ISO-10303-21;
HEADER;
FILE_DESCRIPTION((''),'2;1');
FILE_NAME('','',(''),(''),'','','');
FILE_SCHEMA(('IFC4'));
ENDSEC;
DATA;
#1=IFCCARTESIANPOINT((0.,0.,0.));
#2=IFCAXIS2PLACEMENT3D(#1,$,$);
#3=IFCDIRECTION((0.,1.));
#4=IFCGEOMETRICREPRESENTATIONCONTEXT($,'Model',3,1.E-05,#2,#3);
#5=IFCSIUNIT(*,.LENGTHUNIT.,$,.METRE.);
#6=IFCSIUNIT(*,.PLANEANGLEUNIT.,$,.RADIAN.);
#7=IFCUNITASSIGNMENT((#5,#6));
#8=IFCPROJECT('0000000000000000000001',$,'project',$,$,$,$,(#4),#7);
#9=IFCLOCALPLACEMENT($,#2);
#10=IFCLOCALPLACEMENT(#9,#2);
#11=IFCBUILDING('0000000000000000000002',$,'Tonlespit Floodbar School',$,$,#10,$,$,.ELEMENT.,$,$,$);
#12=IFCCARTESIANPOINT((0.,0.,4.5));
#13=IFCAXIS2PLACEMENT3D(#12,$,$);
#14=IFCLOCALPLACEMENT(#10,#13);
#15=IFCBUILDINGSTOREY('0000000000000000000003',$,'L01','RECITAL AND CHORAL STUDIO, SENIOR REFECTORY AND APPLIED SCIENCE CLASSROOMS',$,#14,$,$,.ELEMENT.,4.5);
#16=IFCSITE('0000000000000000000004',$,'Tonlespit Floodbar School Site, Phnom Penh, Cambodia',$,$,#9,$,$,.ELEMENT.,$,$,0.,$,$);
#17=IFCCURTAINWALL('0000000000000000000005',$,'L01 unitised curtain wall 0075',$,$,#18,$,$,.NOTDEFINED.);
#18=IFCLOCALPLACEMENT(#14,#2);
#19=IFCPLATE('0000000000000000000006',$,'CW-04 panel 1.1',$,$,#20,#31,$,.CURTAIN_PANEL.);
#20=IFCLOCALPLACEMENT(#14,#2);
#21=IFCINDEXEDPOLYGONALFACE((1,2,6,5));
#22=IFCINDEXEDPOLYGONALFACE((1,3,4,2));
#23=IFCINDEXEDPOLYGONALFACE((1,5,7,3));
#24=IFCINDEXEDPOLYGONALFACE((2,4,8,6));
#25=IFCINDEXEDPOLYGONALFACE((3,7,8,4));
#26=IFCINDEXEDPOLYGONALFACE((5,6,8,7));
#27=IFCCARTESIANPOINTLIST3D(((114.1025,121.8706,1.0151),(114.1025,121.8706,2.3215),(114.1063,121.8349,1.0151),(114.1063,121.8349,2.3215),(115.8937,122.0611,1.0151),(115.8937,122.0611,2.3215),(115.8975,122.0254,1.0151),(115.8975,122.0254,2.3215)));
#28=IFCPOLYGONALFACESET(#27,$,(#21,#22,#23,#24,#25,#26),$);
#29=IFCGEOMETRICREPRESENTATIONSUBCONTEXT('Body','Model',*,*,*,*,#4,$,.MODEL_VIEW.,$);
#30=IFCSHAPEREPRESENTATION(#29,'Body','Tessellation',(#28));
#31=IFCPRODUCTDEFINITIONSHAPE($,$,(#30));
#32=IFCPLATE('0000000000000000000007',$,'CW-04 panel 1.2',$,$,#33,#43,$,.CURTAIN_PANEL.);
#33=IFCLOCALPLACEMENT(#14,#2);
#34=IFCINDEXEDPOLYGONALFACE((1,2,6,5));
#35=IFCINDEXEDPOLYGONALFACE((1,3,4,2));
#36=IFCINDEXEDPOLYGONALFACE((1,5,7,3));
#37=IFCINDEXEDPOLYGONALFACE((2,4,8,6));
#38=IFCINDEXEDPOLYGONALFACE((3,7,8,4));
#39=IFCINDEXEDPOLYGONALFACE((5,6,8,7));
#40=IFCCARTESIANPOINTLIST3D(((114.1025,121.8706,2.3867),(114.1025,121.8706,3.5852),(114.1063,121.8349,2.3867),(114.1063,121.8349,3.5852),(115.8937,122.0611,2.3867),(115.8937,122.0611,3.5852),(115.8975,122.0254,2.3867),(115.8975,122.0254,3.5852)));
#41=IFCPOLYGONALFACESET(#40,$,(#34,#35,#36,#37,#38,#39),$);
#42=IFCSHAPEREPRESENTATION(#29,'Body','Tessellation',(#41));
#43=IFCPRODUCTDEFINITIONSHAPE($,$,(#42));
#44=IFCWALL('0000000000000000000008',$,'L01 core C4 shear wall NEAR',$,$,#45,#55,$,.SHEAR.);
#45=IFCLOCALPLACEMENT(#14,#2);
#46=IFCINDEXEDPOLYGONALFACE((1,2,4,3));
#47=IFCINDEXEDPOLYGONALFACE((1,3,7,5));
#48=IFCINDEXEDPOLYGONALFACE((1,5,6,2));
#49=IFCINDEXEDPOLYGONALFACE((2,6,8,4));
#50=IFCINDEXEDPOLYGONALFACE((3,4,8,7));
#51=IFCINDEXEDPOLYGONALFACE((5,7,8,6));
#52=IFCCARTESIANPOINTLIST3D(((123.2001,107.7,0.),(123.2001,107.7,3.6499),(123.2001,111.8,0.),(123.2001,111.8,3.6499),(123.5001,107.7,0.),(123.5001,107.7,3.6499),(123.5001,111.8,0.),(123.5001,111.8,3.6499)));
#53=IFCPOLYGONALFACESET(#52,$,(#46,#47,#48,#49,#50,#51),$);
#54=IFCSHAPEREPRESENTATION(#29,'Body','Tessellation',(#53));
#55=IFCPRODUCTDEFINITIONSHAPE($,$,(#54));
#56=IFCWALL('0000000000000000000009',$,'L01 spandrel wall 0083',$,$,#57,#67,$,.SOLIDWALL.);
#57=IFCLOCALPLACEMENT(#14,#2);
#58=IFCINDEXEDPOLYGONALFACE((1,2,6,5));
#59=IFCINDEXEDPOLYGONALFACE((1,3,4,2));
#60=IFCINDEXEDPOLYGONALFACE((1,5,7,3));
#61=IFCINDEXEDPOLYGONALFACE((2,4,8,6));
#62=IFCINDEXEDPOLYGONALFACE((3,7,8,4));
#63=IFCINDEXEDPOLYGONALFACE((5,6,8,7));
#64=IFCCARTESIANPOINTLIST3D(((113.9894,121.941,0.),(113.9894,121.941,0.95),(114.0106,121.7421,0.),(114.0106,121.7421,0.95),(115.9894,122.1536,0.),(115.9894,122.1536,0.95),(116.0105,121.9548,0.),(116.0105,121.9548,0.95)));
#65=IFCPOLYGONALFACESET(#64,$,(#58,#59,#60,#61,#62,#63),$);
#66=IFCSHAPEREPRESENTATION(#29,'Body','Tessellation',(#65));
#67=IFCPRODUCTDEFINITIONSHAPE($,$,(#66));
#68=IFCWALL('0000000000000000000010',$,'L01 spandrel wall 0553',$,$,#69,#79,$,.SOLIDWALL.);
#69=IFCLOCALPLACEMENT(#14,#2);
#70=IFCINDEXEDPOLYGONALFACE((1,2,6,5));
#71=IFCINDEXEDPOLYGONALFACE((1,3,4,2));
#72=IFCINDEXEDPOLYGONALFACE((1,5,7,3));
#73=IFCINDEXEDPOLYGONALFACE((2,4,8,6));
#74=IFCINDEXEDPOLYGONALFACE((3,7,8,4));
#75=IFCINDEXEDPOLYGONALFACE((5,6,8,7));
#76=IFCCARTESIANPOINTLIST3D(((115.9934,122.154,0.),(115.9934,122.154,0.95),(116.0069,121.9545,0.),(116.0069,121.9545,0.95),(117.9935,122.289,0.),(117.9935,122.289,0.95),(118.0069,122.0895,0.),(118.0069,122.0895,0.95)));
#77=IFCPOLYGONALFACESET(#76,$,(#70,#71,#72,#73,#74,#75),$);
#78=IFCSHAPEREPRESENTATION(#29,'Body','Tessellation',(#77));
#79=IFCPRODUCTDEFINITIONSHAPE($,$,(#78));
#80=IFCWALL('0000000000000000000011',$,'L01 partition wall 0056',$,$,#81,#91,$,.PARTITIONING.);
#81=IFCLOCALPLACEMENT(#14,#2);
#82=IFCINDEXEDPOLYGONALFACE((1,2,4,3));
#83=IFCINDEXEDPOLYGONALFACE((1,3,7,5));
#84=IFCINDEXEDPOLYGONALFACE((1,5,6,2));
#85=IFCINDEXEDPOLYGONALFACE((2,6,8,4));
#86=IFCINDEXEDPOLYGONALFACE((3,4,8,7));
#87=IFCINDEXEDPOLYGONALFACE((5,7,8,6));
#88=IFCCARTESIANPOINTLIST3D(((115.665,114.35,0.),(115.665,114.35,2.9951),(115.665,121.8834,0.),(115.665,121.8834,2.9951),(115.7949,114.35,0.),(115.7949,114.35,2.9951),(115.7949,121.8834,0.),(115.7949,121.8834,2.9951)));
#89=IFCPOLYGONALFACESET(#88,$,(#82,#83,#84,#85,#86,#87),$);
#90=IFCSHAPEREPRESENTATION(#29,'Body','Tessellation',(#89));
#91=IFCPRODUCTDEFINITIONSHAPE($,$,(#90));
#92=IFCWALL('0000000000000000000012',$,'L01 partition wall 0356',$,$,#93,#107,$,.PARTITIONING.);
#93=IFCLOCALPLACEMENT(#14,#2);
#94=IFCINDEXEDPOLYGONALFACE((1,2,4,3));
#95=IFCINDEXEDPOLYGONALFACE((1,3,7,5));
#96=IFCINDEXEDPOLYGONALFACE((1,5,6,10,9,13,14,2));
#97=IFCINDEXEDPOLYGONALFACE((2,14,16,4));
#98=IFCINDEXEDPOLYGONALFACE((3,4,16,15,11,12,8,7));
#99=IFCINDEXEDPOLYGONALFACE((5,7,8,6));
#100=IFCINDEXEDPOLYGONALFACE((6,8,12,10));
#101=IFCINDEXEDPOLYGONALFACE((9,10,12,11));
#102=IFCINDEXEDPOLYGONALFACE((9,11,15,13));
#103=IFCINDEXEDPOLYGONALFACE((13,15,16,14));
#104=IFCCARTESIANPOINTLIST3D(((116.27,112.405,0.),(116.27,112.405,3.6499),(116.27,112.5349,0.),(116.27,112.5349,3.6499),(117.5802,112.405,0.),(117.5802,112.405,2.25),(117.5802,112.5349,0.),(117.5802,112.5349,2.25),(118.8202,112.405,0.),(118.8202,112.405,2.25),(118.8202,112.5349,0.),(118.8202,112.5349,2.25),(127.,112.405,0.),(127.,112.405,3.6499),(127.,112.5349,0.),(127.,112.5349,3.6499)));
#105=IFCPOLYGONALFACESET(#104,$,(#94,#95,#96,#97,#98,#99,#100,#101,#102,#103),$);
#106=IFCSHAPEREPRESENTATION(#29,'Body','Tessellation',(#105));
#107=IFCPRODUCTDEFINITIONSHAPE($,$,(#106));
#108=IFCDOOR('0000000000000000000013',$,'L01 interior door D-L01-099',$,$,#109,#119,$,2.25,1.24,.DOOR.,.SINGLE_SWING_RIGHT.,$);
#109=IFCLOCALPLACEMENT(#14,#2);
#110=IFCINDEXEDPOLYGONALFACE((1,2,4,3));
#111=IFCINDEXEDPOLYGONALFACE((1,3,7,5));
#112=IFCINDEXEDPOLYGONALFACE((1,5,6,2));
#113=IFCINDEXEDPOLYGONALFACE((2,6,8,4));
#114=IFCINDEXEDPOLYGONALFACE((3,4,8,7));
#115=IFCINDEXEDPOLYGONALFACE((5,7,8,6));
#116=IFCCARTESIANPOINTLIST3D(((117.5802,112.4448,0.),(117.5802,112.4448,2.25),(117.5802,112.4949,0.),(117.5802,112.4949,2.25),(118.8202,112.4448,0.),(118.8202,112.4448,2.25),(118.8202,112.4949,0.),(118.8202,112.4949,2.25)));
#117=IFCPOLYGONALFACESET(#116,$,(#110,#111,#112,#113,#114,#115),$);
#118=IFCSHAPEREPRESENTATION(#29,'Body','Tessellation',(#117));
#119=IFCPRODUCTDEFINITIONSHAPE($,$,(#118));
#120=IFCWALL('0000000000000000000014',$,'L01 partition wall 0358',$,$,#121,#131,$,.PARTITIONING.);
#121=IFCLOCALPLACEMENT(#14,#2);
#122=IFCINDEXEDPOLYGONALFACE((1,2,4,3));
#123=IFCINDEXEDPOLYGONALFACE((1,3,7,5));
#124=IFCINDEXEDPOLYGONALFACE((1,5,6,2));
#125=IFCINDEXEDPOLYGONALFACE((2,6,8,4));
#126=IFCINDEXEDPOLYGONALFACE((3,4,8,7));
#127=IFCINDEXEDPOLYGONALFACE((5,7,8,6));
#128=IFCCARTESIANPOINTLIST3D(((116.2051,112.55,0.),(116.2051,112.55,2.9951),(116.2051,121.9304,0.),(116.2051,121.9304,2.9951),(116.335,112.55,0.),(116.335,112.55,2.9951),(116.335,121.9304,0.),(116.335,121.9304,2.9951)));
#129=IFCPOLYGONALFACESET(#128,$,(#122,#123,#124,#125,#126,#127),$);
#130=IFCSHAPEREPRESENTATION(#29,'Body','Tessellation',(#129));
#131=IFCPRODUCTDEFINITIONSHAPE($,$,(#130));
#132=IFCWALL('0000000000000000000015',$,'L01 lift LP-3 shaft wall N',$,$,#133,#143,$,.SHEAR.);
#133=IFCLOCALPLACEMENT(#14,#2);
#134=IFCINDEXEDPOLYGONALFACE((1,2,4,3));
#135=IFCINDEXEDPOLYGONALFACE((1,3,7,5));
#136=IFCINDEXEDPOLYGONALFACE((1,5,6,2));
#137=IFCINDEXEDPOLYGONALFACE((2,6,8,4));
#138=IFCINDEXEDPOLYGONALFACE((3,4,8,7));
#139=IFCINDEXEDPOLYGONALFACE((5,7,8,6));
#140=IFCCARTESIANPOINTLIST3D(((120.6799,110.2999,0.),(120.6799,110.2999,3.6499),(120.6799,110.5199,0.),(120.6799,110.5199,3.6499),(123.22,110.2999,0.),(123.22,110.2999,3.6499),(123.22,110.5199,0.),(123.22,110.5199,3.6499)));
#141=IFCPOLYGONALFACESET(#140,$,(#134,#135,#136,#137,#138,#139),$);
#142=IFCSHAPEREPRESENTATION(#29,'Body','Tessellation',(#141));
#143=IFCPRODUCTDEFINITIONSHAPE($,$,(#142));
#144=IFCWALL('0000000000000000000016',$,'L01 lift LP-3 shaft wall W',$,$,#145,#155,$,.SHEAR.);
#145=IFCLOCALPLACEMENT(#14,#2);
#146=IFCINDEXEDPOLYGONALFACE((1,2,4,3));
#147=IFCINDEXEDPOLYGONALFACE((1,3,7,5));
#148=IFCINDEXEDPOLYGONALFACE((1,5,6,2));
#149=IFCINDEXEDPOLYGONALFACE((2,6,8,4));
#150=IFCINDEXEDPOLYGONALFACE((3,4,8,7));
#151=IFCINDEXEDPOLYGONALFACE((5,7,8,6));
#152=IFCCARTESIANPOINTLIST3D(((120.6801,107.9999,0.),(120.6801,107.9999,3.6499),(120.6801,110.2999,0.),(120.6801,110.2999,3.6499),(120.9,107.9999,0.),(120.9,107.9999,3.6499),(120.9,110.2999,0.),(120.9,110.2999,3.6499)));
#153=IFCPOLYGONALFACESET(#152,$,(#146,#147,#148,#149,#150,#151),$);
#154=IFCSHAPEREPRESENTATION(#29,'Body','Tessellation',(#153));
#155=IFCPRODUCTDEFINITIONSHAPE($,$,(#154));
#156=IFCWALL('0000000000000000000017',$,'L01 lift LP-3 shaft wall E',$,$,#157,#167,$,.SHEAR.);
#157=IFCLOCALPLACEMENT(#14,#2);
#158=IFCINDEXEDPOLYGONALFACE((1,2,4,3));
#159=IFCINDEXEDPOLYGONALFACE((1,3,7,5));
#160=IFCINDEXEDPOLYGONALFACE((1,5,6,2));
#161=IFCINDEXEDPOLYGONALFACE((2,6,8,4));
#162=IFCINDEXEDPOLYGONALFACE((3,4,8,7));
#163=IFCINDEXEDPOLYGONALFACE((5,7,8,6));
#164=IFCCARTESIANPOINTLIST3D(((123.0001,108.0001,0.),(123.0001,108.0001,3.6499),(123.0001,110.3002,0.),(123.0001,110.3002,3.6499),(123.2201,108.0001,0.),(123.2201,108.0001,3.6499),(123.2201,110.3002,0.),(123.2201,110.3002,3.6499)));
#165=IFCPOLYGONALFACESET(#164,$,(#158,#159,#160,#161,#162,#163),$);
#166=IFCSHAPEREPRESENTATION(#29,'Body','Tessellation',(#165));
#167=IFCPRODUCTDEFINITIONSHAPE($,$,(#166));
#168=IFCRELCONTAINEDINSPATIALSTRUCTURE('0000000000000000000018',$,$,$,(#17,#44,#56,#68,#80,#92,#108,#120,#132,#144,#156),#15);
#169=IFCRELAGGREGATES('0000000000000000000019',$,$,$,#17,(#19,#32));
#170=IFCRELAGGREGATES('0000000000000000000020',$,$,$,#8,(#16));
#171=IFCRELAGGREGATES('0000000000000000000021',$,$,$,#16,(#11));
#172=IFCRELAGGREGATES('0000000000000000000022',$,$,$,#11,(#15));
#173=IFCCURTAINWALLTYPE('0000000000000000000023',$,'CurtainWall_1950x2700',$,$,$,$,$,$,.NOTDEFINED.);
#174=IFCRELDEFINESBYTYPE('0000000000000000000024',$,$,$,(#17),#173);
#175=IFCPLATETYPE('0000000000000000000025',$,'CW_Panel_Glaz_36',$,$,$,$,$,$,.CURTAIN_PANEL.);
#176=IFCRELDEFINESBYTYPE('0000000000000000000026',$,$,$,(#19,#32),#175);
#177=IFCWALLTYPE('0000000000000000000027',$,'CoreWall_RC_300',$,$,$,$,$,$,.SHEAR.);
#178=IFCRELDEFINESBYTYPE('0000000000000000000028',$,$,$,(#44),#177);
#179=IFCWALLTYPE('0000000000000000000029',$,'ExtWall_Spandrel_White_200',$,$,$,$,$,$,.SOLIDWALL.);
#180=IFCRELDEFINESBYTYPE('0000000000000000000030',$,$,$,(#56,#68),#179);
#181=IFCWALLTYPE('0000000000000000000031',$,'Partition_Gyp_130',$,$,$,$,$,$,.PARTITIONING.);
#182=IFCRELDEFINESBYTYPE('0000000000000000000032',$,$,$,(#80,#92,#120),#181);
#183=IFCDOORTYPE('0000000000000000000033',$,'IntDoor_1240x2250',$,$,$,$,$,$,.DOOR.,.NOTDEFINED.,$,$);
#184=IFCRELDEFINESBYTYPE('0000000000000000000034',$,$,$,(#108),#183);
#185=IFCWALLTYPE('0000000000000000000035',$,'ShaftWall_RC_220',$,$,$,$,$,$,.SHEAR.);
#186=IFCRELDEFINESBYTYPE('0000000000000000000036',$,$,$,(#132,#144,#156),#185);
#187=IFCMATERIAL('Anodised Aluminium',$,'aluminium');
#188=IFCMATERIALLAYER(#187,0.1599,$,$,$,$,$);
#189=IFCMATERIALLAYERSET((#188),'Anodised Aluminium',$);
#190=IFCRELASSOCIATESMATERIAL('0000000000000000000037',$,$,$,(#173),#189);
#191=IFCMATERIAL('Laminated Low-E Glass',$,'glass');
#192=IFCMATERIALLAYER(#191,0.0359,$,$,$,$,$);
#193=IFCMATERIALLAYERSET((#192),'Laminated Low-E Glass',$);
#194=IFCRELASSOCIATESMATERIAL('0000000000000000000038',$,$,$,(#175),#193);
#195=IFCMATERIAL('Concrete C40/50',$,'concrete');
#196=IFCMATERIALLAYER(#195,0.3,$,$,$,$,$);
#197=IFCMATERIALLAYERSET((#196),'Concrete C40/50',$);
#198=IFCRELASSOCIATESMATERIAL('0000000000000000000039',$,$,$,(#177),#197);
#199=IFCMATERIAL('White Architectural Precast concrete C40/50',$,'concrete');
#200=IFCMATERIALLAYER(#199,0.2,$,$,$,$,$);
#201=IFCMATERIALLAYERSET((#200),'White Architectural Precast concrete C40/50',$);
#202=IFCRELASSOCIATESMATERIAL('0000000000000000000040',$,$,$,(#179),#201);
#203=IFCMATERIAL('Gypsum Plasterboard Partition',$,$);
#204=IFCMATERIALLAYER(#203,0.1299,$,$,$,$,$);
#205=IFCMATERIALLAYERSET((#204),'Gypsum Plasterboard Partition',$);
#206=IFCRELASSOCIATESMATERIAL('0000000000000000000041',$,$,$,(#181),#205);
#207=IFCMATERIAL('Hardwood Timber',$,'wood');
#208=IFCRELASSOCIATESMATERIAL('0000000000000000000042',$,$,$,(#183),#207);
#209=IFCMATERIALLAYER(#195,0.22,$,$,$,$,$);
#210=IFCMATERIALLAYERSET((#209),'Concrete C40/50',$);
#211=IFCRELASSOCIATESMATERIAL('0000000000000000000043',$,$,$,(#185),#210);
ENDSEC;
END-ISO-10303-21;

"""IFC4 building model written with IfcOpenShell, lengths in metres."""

from ifc_helpers import new_model, si_unit, direction, frame, frame_2d, origin, origin_2d, place, context, subcontext, project, spatial, rectangle, extrude, material, layer, layer_set, type_object, element, fill, aggregate, save


model = new_model("IFC4")

# Units and contexts
model_context = context("Model", 3, precision=1e-05, world=origin(), true_north=direction((0.0, 1.0)))
body_context = subcontext(model_context, "Body", "Model", "MODEL_VIEW")
ifc_project = project(units=[si_unit("LENGTHUNIT", "METRE"), si_unit("PLANEANGLEUNIT", "RADIAN")], contexts=[model_context])

# Site, building, storey
site_placement = place(None, origin())
site = spatial("IfcSite", under=ifc_project, at=site_placement, Name="Tonlespit Floodbar School Site, Phnom Penh, Cambodia", CompositionType="ELEMENT", RefElevation=0.0)
building_placement = place(site_placement, origin())
building = spatial("IfcBuilding", under=site, at=building_placement, Name="Tonlespit Floodbar School", CompositionType="ELEMENT")
storey_placement = place(building_placement, frame((0.0, 0.0, 4.5)))
storey = spatial("IfcBuildingStorey", under=building, at=storey_placement, Name="L01", Description="RECITAL AND CHORAL STUDIO, SENIOR REFECTORY AND APPLIED SCIENCE CLASSROOMS", CompositionType="ELEMENT", Elevation=4.5)

# Shared definitions
ifc_material_1 = material(Name="Concrete C40/50", Category="concrete")

# Shared definitions
ifc_material_2 = material(Name="Anodised Aluminium", Category="aluminium")

# Curtain wall
ifc_layer_1 = layer(ifc_material_2, 0.1599)
ifc_layer_set_1 = layer_set([ifc_layer_1], Name="Anodised Aluminium")
curtain_wall_type_1 = type_object("IfcCurtainWallType", Name="CurtainWall_1950x2700", PredefinedType="NOTDEFINED", material=ifc_layer_set_1)
curtain_wall_1_placement = place(storey_placement, origin())
curtain_wall_1 = element("IfcCurtainWall", 1, at=curtain_wall_1_placement, inside=storey, type_object=curtain_wall_type_1, Name="L01 unitised curtain wall 0075", PredefinedType="NOTDEFINED")

# Plates
ifc_material_3 = material(Name="Laminated Low-E Glass", Category="glass")
ifc_layer_2 = layer(ifc_material_3, 0.0359)
ifc_layer_set_2 = layer_set([ifc_layer_2], Name="Laminated Low-E Glass")
plate_type_1 = type_object("IfcPlateType", Name="CW_Panel_Glaz_36", PredefinedType="CURTAIN_PANEL", material=ifc_layer_set_2)
plate_1_placement = place(storey_placement, frame((115.0, 121.948, 1.0151), z_axis=(0.0, 0.0, 1.0), x_axis=(0.994389, 0.105787, 0.0)))
plate_1 = element("IfcPlate", 2, at=plate_1_placement, type_object=plate_type_1, Name="CW-04 panel 1.1", PredefinedType="CURTAIN_PANEL", context=body_context, shape_type="SweptSolid", body=[
    extrude(rectangle(XDim=1.8013, YDim=0.0359, at=origin_2d()), origin(), (0.0, 0.0, 1.0), 1.3064),
])
plate_2_placement = place(storey_placement, frame((115.0, 121.948, 2.3867), z_axis=(0.0, 0.0, 1.0), x_axis=(0.994389, 0.105787, 0.0)))
plate_2 = element("IfcPlate", 3, at=plate_2_placement, type_object=plate_type_1, Name="CW-04 panel 1.2", PredefinedType="CURTAIN_PANEL", context=body_context, shape_type="SweptSolid", body=[
    extrude(rectangle(XDim=1.8013, YDim=0.0359, at=origin_2d()), origin(), (0.0, 0.0, 1.0), 1.1985),
])
aggregate(curtain_wall_1, [plate_1, plate_2])

# Wall
ifc_layer_3 = layer(ifc_material_1, 0.3)
ifc_layer_set_3 = layer_set([ifc_layer_3], Name="Concrete C40/50")
wall_type_1 = type_object("IfcWallType", Name="CoreWall_RC_300", PredefinedType="SHEAR", material=ifc_layer_set_3)
wall_1_placement = place(storey_placement, frame((123.3501, 107.7, 0.0), z_axis=(0.0, 0.0, 1.0), x_axis=(0.0, 1.0, 0.0)))
element("IfcWall", 4, at=wall_1_placement, inside=storey, type_object=wall_type_1, Name="L01 core C4 shear wall NEAR", PredefinedType="SHEAR", context=body_context, shape_type="SweptSolid", body=[
    extrude(rectangle(XDim=4.1001, YDim=0.3, at=frame_2d((2.05, 0.0))), origin(), (0.0, 0.0, 1.0), 3.6499),
])

# Walls
ifc_material_4 = material(Name="White Architectural Precast concrete C40/50", Category="concrete")
ifc_layer_4 = layer(ifc_material_4, 0.2)
ifc_layer_set_4 = layer_set([ifc_layer_4], Name="White Architectural Precast concrete C40/50")
wall_type_2 = type_object("IfcWallType", Name="ExtWall_Spandrel_White_200", PredefinedType="SOLIDWALL", material=ifc_layer_set_4)
wall_2_placement = place(storey_placement, frame((114.0, 121.8416, 0.0), z_axis=(0.0, 0.0, 1.0), x_axis=(0.994395, 0.105727, 0.0)))
element("IfcWall", 5, at=wall_2_placement, inside=storey, type_object=wall_type_2, Name="L01 spandrel wall 0083", PredefinedType="SOLIDWALL", context=body_context, shape_type="SweptSolid", body=[
    extrude(rectangle(XDim=2.0112, YDim=0.2, at=frame_2d((1.0056, 0.0))), origin(), (0.0, 0.0, 1.0), 0.95),
])
wall_3_placement = place(storey_placement, frame((116.0, 122.0542, 0.0), z_axis=(0.0, 0.0, 1.0), x_axis=(0.997729, 0.067352, 0.0)))
element("IfcWall", 6, at=wall_3_placement, inside=storey, type_object=wall_type_2, Name="L01 spandrel wall 0553", PredefinedType="SOLIDWALL", context=body_context, shape_type="SweptSolid", body=[
    extrude(rectangle(XDim=2.0046, YDim=0.2, at=frame_2d((1.0024, 0.0))), origin(), (0.0, 0.0, 1.0), 0.95),
])
ifc_material_5 = material(Name="Gypsum Plasterboard Partition")
ifc_layer_5 = layer(ifc_material_5, 0.1299)
ifc_layer_set_5 = layer_set([ifc_layer_5], Name="Gypsum Plasterboard Partition")
wall_type_3 = type_object("IfcWallType", Name="Partition_Gyp_130", PredefinedType="PARTITIONING", material=ifc_layer_set_5)
wall_4_placement = place(storey_placement, frame((115.73, 114.3501, 0.0), z_axis=(0.0, 0.0, 1.0), x_axis=(0.0, 1.0, 0.0)))
element("IfcWall", 7, at=wall_4_placement, inside=storey, type_object=wall_type_3, Name="L01 partition wall 0056", PredefinedType="PARTITIONING", context=body_context, shape_type="SweptSolid", body=[
    extrude(rectangle(XDim=7.5334, YDim=0.1299, at=frame_2d((3.7666, 0.0))), origin(), (0.0, 0.0, 1.0), 2.9951),
])

# Wall, opening, door
wall_5_placement = place(storey_placement, frame((116.27, 112.47, 0.0), z_axis=(0.0, 0.0, 1.0), x_axis=(1.0, 0.0, 0.0)))
wall_5 = element("IfcWall", 8, at=wall_5_placement, inside=storey, type_object=wall_type_3, Name="L01 partition wall 0356", PredefinedType="PARTITIONING", context=body_context, shape_type="SweptSolid", body=[
    extrude(rectangle(XDim=10.73, YDim=0.1299, at=frame_2d((5.365, 0.0))), origin(), (0.0, 0.0, 1.0), 3.6499),
])
opening_1_placement = place(wall_5_placement, frame((1.3101, 0.0, 0.0)))
opening_1 = element("IfcOpeningElement", 9, at=opening_1_placement, cuts=wall_5, PredefinedType="OPENING", context=body_context, shape_type="SweptSolid", body=[
    extrude(rectangle(XDim=1.24, YDim=2.25, at=frame_2d((0.6201, 1.125))), frame((0.0, 0.075, 0.0), z_axis=(0.0, -1.0, 0.0), x_axis=(1.0, 0.0, 0.0)), (0.0, 0.0, 1.0), 0.1499),
])
ifc_material_6 = material(Name="Hardwood Timber", Category="wood")
door_type_1 = type_object("IfcDoorType", Name="IntDoor_1240x2250", OperationType="NOTDEFINED", PredefinedType="DOOR", material=ifc_material_6)
door_1_placement = place(opening_1_placement, origin())
door_1 = element("IfcDoor", 10, at=door_1_placement, inside=storey, type_object=door_type_1, Name="L01 interior door D-L01-099", OperationType="SINGLE_SWING_RIGHT", OverallHeight=2.25, OverallWidth=1.24, PredefinedType="DOOR", context=body_context, shape_type="SweptSolid", body=[
    extrude(rectangle(XDim=1.24, YDim=2.25, at=frame_2d((0.6201, 1.125))), frame((0.0, 0.0249, 0.0), z_axis=(0.0, -1.0, 0.0), x_axis=(1.0, 0.0, 0.0)), (0.0, 0.0, 1.0), 0.05),
])
fill(opening_1, door_1)

# Wall
wall_6_placement = place(storey_placement, frame((116.27, 112.55, 0.0), z_axis=(0.0, 0.0, 1.0), x_axis=(0.0, 1.0, 0.0)))
element("IfcWall", 11, at=wall_6_placement, inside=storey, type_object=wall_type_3, Name="L01 partition wall 0358", PredefinedType="PARTITIONING", context=body_context, shape_type="SweptSolid", body=[
    extrude(rectangle(XDim=9.3804, YDim=0.1299, at=frame_2d((4.6902, 0.0))), origin(), (0.0, 0.0, 1.0), 2.9951),
])

# Shared definitions
ifc_layer_6 = layer(ifc_material_1, 0.22)
ifc_layer_set_6 = layer_set([ifc_layer_6], Name="Concrete C40/50")
wall_type_4 = type_object("IfcWallType", Name="ShaftWall_RC_220", PredefinedType="SHEAR", material=ifc_layer_set_6)

# Walls
wall_7_placement = place(storey_placement, frame((120.6799, 110.4099, 0.0), z_axis=(0.0, 0.0, 1.0), x_axis=(1.0, 0.0, 0.0)))
element("IfcWall", 12, at=wall_7_placement, inside=storey, type_object=wall_type_4, Name="L01 lift LP-3 shaft wall N", PredefinedType="SHEAR", context=body_context, shape_type="SweptSolid", body=[
    extrude(rectangle(XDim=2.54, YDim=0.22, at=frame_2d((1.27, 0.0))), origin(), (0.0, 0.0, 1.0), 3.6499),
])
for number, where, z_axis, x_axis, name in (
    (13, (120.79, 108.0, 0.0), (0.0, 0.0, 1.0), (0.0, 1.0, 0.0), "L01 lift LP-3 shaft wall W"),
    (14, (123.1101, 110.3, 0.0), (0.0, 0.0, 1.0), (0.0, -1.0, 0.0), "L01 lift LP-3 shaft wall E"),
):
    element("IfcWall", number, at=place(storey_placement, frame(where, z_axis=z_axis, x_axis=x_axis)), inside=storey, type_object=wall_type_4, Name=name, PredefinedType="SHEAR", context=body_context, shape_type="SweptSolid", body=[
        extrude(rectangle(XDim=2.3, YDim=0.22, at=frame_2d((1.1499, 0.0))), origin(), (0.0, 0.0, 1.0), 3.6499),
    ])

save(model, "model.ifc")
